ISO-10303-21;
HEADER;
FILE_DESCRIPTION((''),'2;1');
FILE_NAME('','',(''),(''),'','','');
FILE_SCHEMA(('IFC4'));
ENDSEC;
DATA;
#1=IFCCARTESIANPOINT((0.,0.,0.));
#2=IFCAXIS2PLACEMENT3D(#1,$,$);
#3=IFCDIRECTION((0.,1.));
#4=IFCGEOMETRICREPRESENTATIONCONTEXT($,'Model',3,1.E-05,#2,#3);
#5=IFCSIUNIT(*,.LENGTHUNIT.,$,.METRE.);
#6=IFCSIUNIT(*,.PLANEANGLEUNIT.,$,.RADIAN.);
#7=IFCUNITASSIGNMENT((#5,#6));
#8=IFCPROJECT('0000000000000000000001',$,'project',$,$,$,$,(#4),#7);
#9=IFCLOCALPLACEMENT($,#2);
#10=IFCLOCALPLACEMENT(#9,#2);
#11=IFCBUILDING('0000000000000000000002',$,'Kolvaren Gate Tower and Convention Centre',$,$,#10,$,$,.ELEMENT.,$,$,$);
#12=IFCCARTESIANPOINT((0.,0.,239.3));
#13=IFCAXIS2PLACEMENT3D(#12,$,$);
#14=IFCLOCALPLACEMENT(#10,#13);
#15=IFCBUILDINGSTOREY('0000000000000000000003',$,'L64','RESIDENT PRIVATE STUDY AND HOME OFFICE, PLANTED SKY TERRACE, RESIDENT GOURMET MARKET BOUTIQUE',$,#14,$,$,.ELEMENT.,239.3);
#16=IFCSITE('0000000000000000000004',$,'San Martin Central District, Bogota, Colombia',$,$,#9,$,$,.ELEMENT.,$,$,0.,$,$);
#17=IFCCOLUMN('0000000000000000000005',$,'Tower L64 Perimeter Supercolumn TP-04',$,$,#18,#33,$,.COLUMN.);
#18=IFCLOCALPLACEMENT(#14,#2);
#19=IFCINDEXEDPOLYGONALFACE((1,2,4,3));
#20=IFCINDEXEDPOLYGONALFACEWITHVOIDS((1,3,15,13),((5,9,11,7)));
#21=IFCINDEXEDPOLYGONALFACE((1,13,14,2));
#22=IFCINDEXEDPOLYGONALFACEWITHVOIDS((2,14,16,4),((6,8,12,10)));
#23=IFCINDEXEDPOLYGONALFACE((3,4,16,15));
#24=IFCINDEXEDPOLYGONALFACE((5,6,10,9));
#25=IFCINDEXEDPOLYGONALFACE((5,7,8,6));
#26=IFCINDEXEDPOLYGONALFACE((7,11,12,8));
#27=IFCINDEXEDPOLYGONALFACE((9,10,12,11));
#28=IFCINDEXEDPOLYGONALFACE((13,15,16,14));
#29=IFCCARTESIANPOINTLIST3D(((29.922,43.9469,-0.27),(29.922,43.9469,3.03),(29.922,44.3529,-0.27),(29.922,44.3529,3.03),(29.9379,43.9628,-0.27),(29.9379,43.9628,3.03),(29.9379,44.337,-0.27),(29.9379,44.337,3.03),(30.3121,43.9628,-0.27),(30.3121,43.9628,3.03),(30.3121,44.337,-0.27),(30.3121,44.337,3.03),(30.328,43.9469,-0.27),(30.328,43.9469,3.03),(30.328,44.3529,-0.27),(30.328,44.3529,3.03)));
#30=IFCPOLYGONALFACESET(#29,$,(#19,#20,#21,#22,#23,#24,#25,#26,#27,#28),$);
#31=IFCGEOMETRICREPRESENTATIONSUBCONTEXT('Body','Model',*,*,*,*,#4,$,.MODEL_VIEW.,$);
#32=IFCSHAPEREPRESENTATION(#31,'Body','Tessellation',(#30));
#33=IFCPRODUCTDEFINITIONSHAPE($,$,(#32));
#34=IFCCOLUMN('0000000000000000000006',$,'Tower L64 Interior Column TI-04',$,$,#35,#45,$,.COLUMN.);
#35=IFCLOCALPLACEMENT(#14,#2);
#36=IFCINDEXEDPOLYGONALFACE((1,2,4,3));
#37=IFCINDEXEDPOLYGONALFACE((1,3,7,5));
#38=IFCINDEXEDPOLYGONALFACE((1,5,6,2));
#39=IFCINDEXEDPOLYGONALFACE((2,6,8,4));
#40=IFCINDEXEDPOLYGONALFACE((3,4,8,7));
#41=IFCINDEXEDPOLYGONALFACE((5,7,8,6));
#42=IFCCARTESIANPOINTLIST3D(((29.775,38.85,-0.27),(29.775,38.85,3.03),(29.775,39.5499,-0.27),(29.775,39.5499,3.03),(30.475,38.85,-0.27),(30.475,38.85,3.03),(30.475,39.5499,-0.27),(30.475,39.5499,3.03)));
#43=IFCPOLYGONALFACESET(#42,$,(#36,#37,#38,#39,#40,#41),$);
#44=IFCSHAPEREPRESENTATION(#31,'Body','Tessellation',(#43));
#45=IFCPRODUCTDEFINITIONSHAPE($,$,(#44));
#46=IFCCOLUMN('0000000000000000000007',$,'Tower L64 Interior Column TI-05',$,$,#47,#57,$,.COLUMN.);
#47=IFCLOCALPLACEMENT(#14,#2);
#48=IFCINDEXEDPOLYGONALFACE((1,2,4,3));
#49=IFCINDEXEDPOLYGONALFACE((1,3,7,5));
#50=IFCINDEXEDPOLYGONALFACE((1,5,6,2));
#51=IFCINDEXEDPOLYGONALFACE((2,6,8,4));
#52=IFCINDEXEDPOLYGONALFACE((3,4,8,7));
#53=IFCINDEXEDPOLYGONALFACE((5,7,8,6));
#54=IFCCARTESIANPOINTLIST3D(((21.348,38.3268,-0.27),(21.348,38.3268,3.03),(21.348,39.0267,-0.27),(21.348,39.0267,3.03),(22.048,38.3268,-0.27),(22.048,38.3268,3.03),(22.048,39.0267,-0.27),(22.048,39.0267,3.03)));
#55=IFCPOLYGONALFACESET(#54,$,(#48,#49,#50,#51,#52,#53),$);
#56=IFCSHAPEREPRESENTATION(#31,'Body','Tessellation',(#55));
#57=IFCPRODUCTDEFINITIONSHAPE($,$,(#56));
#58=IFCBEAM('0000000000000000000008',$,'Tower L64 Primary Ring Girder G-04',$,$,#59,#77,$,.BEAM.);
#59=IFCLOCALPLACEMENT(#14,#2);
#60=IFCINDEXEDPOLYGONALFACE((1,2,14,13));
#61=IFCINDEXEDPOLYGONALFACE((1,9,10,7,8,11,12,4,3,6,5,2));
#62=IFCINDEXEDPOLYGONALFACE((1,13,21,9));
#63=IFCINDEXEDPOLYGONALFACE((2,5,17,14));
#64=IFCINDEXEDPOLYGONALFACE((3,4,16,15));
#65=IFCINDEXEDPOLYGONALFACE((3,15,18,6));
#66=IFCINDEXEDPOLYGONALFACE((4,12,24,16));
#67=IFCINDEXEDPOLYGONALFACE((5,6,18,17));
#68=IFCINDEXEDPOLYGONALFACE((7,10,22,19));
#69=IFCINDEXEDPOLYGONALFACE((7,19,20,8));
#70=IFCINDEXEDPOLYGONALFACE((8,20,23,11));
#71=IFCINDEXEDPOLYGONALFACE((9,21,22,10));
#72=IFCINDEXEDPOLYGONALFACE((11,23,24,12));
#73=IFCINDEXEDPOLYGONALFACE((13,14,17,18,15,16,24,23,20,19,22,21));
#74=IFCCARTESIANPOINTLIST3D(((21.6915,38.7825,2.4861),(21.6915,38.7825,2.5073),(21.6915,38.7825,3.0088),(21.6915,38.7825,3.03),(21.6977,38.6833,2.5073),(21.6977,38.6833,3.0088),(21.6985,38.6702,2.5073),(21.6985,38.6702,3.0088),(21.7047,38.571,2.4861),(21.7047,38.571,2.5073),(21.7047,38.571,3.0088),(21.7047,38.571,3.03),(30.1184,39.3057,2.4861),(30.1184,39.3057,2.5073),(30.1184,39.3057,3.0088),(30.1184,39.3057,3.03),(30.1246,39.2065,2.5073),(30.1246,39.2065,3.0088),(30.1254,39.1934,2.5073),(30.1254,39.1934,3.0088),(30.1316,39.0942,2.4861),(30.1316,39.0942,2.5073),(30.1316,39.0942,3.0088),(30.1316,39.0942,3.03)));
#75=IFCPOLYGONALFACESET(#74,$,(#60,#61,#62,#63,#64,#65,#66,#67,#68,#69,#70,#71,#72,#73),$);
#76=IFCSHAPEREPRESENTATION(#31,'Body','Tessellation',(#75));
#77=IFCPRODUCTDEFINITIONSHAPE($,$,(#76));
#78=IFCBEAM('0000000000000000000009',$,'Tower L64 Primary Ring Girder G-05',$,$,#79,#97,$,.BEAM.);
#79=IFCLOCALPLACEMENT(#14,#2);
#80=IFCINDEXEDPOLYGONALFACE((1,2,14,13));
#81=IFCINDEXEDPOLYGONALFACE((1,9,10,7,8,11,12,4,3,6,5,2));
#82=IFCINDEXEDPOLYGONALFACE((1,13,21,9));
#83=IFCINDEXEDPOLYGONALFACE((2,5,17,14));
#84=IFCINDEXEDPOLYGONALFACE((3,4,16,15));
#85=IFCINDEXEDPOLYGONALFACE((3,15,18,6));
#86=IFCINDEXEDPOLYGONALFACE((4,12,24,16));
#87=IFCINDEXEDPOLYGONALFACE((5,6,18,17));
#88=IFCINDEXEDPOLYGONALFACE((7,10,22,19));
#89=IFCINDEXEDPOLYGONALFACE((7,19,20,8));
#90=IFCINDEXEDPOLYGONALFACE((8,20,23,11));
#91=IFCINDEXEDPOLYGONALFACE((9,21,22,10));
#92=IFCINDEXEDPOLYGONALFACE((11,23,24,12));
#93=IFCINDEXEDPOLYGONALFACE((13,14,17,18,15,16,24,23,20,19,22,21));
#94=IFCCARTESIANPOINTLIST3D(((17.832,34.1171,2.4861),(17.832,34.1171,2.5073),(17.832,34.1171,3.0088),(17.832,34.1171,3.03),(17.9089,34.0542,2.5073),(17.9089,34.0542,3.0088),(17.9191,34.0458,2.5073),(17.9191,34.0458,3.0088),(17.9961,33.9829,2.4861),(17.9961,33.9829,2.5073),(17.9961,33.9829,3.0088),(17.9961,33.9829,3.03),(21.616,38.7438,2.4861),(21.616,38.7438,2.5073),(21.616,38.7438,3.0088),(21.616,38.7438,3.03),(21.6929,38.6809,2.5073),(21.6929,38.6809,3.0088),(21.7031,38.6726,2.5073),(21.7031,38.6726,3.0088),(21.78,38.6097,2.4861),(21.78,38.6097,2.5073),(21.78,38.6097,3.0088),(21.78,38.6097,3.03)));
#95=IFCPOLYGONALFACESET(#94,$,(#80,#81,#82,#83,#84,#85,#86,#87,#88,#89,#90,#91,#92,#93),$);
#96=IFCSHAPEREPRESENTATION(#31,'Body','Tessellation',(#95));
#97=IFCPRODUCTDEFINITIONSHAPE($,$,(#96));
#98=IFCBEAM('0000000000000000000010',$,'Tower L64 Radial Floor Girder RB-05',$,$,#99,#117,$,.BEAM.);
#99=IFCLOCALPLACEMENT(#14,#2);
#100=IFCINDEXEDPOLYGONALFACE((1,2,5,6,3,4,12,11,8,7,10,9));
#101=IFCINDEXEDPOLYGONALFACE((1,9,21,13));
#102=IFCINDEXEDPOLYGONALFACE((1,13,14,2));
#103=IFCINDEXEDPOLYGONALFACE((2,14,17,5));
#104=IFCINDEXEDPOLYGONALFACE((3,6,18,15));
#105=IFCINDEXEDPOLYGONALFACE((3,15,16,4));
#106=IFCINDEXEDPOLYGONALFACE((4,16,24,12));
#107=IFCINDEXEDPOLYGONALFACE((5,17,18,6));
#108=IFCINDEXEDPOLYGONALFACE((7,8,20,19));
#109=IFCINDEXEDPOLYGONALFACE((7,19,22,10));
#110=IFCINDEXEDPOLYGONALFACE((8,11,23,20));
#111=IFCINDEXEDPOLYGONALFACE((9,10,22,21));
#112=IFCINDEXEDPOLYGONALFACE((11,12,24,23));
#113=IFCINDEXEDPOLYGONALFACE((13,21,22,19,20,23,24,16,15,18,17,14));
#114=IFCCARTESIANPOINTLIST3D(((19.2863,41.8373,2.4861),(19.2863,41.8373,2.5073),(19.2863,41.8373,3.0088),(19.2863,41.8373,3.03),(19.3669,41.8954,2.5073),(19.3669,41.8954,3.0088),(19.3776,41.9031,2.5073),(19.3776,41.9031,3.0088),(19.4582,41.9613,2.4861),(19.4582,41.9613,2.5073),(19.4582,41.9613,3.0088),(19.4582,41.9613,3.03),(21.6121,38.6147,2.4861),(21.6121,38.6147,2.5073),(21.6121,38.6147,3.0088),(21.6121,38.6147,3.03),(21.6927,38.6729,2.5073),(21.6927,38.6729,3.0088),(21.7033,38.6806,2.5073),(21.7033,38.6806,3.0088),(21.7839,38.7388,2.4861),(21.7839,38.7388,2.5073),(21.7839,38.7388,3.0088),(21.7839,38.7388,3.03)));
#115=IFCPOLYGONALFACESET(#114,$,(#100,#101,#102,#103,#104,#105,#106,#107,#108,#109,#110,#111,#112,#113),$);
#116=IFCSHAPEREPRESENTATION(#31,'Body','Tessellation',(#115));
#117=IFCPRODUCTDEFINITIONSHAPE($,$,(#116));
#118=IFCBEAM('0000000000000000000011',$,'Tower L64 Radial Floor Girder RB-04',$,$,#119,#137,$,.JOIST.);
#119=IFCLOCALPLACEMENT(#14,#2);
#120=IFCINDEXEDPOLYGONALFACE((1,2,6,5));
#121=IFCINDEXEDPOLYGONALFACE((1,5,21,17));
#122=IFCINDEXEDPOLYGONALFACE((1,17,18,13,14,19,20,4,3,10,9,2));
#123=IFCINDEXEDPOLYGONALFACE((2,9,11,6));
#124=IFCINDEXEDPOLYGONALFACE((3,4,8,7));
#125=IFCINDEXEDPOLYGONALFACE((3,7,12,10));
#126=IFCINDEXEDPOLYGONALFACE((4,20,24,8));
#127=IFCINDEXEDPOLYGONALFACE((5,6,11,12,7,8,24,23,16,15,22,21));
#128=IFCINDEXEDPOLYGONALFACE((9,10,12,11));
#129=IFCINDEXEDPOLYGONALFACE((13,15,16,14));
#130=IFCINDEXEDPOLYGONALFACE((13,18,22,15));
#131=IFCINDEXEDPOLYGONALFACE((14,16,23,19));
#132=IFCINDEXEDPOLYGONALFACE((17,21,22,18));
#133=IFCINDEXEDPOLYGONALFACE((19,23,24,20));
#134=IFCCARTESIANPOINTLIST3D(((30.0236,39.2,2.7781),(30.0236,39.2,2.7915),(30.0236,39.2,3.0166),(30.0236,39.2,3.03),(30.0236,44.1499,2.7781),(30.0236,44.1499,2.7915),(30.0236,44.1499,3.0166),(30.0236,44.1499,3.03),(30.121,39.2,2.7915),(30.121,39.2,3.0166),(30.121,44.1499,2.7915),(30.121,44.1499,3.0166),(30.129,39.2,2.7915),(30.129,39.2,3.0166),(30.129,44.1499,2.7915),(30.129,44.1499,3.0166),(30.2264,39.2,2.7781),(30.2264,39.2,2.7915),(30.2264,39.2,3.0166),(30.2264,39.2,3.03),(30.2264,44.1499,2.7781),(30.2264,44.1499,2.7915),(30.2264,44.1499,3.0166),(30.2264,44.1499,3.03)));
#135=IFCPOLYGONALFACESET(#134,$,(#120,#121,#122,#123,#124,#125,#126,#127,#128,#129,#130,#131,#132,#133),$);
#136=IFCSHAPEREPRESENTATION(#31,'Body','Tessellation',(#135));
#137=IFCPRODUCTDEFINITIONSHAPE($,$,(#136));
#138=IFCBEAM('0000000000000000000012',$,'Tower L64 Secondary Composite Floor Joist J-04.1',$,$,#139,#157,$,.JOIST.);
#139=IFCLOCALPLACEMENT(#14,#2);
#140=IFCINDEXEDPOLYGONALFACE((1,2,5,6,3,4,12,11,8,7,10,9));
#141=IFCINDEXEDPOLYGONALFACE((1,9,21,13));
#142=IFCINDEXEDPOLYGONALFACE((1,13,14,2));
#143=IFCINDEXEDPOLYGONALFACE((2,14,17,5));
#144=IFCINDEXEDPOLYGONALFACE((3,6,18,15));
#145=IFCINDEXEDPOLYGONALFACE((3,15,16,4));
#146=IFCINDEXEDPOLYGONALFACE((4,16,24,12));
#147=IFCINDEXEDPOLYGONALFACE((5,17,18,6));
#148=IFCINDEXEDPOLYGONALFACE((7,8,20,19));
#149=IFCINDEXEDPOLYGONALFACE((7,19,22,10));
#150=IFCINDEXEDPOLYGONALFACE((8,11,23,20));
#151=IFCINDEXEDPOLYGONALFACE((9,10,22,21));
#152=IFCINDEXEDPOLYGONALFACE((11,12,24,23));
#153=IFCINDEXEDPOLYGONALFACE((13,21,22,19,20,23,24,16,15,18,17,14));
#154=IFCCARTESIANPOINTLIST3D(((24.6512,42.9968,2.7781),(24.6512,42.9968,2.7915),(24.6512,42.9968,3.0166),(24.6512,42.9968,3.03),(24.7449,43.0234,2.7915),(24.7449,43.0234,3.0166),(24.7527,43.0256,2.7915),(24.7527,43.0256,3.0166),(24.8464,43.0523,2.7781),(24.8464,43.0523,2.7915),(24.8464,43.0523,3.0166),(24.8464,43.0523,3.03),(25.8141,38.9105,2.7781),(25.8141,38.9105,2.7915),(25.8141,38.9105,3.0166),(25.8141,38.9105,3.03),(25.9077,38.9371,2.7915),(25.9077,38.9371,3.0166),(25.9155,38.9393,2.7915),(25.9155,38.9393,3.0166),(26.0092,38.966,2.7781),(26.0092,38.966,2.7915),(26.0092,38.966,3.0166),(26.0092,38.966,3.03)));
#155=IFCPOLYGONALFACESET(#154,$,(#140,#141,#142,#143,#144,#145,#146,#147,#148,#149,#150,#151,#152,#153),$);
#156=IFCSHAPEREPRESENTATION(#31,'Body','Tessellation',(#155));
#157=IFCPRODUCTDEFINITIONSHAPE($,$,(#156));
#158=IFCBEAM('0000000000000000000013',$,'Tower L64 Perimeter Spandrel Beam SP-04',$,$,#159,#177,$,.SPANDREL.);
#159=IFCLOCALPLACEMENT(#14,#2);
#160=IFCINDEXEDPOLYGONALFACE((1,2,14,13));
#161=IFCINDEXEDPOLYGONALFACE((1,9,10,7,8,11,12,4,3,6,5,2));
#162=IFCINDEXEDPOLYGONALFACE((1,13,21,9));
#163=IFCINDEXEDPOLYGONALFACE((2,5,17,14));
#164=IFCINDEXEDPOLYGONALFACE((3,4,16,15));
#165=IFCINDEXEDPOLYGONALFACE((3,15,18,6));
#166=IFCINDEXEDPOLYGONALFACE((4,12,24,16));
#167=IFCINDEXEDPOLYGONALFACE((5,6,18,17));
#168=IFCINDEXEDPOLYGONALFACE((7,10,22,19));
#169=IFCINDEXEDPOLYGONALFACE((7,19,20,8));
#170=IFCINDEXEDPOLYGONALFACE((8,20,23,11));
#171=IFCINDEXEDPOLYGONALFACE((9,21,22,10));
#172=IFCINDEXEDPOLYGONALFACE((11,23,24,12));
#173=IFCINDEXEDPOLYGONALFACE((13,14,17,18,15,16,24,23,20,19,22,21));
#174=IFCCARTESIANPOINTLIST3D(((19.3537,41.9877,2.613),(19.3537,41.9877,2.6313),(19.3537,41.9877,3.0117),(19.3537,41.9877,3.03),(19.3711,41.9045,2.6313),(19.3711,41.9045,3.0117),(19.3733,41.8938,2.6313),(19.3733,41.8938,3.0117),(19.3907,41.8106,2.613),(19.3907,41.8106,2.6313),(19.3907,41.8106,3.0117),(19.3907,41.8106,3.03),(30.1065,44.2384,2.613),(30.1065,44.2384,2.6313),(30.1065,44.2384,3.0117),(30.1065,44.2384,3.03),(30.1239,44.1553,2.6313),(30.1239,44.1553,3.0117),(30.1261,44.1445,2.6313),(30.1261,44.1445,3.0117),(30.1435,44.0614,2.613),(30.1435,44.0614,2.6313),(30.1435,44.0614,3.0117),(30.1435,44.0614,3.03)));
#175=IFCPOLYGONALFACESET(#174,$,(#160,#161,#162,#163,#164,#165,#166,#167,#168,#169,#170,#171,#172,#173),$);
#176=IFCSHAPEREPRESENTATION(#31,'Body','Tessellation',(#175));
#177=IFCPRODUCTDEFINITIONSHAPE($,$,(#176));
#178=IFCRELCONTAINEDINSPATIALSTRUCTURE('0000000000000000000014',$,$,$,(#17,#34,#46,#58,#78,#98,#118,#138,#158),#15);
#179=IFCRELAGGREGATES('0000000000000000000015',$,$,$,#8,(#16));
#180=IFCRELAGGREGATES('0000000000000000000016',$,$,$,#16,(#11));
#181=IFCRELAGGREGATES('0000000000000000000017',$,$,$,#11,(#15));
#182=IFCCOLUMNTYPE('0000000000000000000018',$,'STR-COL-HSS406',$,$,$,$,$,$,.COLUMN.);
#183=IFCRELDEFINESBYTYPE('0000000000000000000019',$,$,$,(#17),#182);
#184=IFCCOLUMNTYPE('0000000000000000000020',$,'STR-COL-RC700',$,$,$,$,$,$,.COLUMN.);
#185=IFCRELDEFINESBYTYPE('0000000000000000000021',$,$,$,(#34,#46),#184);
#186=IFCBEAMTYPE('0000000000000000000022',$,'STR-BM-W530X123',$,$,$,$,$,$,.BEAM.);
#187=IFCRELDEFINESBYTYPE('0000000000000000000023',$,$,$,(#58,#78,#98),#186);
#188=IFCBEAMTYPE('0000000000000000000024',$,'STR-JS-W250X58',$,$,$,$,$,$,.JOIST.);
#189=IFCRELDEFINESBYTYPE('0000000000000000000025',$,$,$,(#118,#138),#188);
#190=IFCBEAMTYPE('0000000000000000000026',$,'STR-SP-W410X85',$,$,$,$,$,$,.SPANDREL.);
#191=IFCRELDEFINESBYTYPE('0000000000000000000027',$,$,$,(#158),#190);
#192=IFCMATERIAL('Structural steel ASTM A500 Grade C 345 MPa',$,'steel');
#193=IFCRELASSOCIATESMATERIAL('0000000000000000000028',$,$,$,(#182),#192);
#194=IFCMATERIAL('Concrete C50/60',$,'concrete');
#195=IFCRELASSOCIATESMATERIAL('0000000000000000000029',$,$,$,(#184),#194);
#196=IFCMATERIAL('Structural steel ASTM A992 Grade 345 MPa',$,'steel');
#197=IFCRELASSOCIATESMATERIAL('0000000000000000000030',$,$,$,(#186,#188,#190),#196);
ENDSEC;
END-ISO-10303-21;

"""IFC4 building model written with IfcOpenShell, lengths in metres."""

from ifc_helpers import new_model, si_unit, direction, frame, origin, origin_2d, place, context, subcontext, project, spatial, rectangle, hollow_rectangle, i_section, extrude, material, material_profile, profile_set, type_object, element, save


model = new_model("IFC4")

# Units and contexts
model_context = context("Model", 3, precision=1e-05, world=origin(), true_north=direction((0.0, 1.0)))
body_context = subcontext(model_context, "Body", "Model", "MODEL_VIEW")
ifc_project = project(units=[si_unit("LENGTHUNIT", "METRE"), si_unit("PLANEANGLEUNIT", "RADIAN")], contexts=[model_context])

# Site, building, storey
site_placement = place(None, origin())
site = spatial("IfcSite", under=ifc_project, at=site_placement, Name="San Martin Central District, Bogota, Colombia", CompositionType="ELEMENT", RefElevation=0.0)
building_placement = place(site_placement, origin())
building = spatial("IfcBuilding", under=site, at=building_placement, Name="Kolvaren Gate Tower and Convention Centre", CompositionType="ELEMENT")
storey_placement = place(building_placement, frame((0.0, 0.0, 239.3)))
storey = spatial("IfcBuildingStorey", under=building, at=storey_placement, Name="L64", Description="RESIDENT PRIVATE STUDY AND HOME OFFICE, PLANTED SKY TERRACE, RESIDENT GOURMET MARKET BOUTIQUE", CompositionType="ELEMENT", Elevation=239.3)

# Columns
ifc_material_1 = material(Name="Structural steel ASTM A500 Grade C 345 MPa", Category="steel")
ifc_material_profile_1 = material_profile(ifc_material_1, hollow_rectangle(XDim=0.406, YDim=0.406, WallThickness=0.0159, at=origin_2d()), Name="HSS406X406X15.9")
ifc_profile_set_1 = profile_set([ifc_material_profile_1], Name="Structural steel ASTM A500 Grade C 345 MPa")
column_type_1 = type_object("IfcColumnType", Name="STR-COL-HSS406", PredefinedType="COLUMN", material=ifc_profile_set_1)
column_placement = place(storey_placement, frame((30.125, 44.1499, -0.27), z_axis=(0.0, 0.0, 1.0), x_axis=(1.0, 0.0, 0.0)))
element("IfcColumn", 1, at=column_placement, inside=storey, type_object=column_type_1, Name="Tower L64 Perimeter Supercolumn TP-04", PredefinedType="COLUMN", context=body_context, shape_type="SweptSolid", body=[
    extrude(hollow_rectangle(XDim=0.406, YDim=0.406, WallThickness=0.0159, at=origin_2d()), origin(), (0.0, 0.0, 1.0), 3.3),
])
ifc_material_2 = material(Name="Concrete C50/60", Category="concrete")
ifc_material_profile_2 = material_profile(ifc_material_2, rectangle(XDim=0.7, YDim=0.7, at=origin_2d()), Name="RC-COL-700X700")
ifc_profile_set_2 = profile_set([ifc_material_profile_2], Name="Concrete C50/60")
column_type_2 = type_object("IfcColumnType", Name="STR-COL-RC700", PredefinedType="COLUMN", material=ifc_profile_set_2)
for number, where, z_axis, x_axis, name in (
    (2, (30.125, 39.2, -0.27), (0.0, 0.0, 1.0), (1.0, 0.0, 0.0), "Tower L64 Interior Column TI-04"),
    (3, (21.698, 38.6768, -0.27), (0.0, 0.0, 1.0), (1.0, 0.0, 0.0), "Tower L64 Interior Column TI-05"),
):
    element("IfcColumn", number, at=place(storey_placement, frame(where, z_axis=z_axis, x_axis=x_axis)), inside=storey, type_object=column_type_2, Name=name, PredefinedType="COLUMN", context=body_context, shape_type="SweptSolid", body=[
        extrude(rectangle(XDim=0.7, YDim=0.7, at=origin_2d()), origin(), (0.0, 0.0, 1.0), 3.3),
    ])

# Beams
ifc_material_3 = material(Name="Structural steel ASTM A992 Grade 345 MPa", Category="steel")
ifc_material_profile_3 = material_profile(ifc_material_3, i_section(OverallWidth=0.2119, OverallDepth=0.5439, WebThickness=0.0132, FlangeThickness=0.0212, at=origin_2d()), Name="W530X123")
ifc_profile_set_3 = profile_set([ifc_material_profile_3], Name="Structural steel ASTM A992 Grade 345 MPa")
beam_type_1 = type_object("IfcBeamType", Name="STR-BM-W530X123", PredefinedType="BEAM", material=ifc_profile_set_3)
beam_1_placement = place(storey_placement, frame((30.125, 39.2, 2.7581), z_axis=(-0.998078, -0.061966, 0.0), x_axis=(0.061966, -0.998078, 0.0)))
element("IfcBeam", 4, at=beam_1_placement, inside=storey, type_object=beam_type_1, Name="Tower L64 Primary Ring Girder G-04", PredefinedType="BEAM", context=body_context, shape_type="SweptSolid", body=[
    extrude(i_section(OverallWidth=0.2119, OverallDepth=0.5439, WebThickness=0.0132, FlangeThickness=0.0212, at=origin_2d()), origin(), (0.0, 0.0, 1.0), 8.4431),
])
beam_2_placement = place(storey_placement, frame((21.698, 38.6768, 2.7581), z_axis=(-0.633082, -0.774085, 0.0), x_axis=(0.774085, -0.633082, 0.0)))
element("IfcBeam", 5, at=beam_2_placement, inside=storey, type_object=beam_type_1, Name="Tower L64 Primary Ring Girder G-05", PredefinedType="BEAM", context=body_context, shape_type="SweptSolid", body=[
    extrude(i_section(OverallWidth=0.2119, OverallDepth=0.5439, WebThickness=0.0132, FlangeThickness=0.0212, at=origin_2d()), origin(), (0.0, 0.0, 1.0), 5.9771),
])
beam_3_placement = place(storey_placement, frame((21.698, 38.6768, 2.7581), z_axis=(-0.585224, 0.810872, 0.0), x_axis=(-0.810872, -0.585224, 0.0)))
element("IfcBeam", 6, at=beam_3_placement, inside=storey, type_object=beam_type_1, Name="Tower L64 Radial Floor Girder RB-05", PredefinedType="BEAM", context=body_context, shape_type="SweptSolid", body=[
    extrude(i_section(OverallWidth=0.2119, OverallDepth=0.5439, WebThickness=0.0132, FlangeThickness=0.0212, at=origin_2d()), origin(), (0.0, 0.0, 1.0), 3.9741),
])
ifc_material_profile_4 = material_profile(ifc_material_3, i_section(OverallWidth=0.2029, OverallDepth=0.252, WebThickness=0.0081, FlangeThickness=0.0134, at=origin_2d()), Name="W250X58")
ifc_profile_set_4 = profile_set([ifc_material_profile_4], Name="Structural steel ASTM A992 Grade 345 MPa")
beam_type_2 = type_object("IfcBeamType", Name="STR-JS-W250X58", PredefinedType="JOIST", material=ifc_profile_set_4)
beam_4_placement = place(storey_placement, frame((30.125, 39.2, 2.9041), z_axis=(0.0, 1.0, 0.0), x_axis=(-1.0, 0.0, 0.0)))
element("IfcBeam", 7, at=beam_4_placement, inside=storey, type_object=beam_type_2, Name="Tower L64 Radial Floor Girder RB-04", PredefinedType="JOIST", context=body_context, shape_type="SweptSolid", body=[
    extrude(i_section(OverallWidth=0.2029, OverallDepth=0.252, WebThickness=0.0081, FlangeThickness=0.0134, at=origin_2d()), origin(), (0.0, 0.0, 1.0), 4.95),
])
beam_5_placement = place(storey_placement, frame((25.9116, 38.9382, 2.9041), z_axis=(-0.273696, 0.961816, 0.0), x_axis=(-0.961816, -0.273696, 0.0)))
element("IfcBeam", 8, at=beam_5_placement, inside=storey, type_object=beam_type_2, Name="Tower L64 Secondary Composite Floor Joist J-04.1", PredefinedType="JOIST", context=body_context, shape_type="SweptSolid", body=[
    extrude(i_section(OverallWidth=0.2029, OverallDepth=0.252, WebThickness=0.0081, FlangeThickness=0.0134, at=origin_2d()), origin(), (0.0, 0.0, 1.0), 4.2485),
])
ifc_material_profile_5 = material_profile(ifc_material_3, i_section(OverallWidth=0.1809, OverallDepth=0.417, WebThickness=0.011, FlangeThickness=0.0183, at=origin_2d()), Name="W410X85")
ifc_profile_set_5 = profile_set([ifc_material_profile_5], Name="Structural steel ASTM A992 Grade 345 MPa")
beam_type_3 = type_object("IfcBeamType", Name="STR-SP-W410X85", PredefinedType="SPANDREL", material=ifc_profile_set_5)
beam_6_placement = place(storey_placement, frame((30.125, 44.1499, 2.8215), z_axis=(-0.978788, -0.204878, 0.0), x_axis=(0.204878, -0.978788, 0.0)))
element("IfcBeam", 9, at=beam_6_placement, inside=storey, type_object=beam_type_3, Name="Tower L64 Perimeter Spandrel Beam SP-04", PredefinedType="SPANDREL", context=body_context, shape_type="SweptSolid", body=[
    extrude(i_section(OverallWidth=0.1809, OverallDepth=0.417, WebThickness=0.011, FlangeThickness=0.0183, at=origin_2d()), origin(), (0.0, 0.0, 1.0), 10.9858),
])

save(model, "model.ifc")
